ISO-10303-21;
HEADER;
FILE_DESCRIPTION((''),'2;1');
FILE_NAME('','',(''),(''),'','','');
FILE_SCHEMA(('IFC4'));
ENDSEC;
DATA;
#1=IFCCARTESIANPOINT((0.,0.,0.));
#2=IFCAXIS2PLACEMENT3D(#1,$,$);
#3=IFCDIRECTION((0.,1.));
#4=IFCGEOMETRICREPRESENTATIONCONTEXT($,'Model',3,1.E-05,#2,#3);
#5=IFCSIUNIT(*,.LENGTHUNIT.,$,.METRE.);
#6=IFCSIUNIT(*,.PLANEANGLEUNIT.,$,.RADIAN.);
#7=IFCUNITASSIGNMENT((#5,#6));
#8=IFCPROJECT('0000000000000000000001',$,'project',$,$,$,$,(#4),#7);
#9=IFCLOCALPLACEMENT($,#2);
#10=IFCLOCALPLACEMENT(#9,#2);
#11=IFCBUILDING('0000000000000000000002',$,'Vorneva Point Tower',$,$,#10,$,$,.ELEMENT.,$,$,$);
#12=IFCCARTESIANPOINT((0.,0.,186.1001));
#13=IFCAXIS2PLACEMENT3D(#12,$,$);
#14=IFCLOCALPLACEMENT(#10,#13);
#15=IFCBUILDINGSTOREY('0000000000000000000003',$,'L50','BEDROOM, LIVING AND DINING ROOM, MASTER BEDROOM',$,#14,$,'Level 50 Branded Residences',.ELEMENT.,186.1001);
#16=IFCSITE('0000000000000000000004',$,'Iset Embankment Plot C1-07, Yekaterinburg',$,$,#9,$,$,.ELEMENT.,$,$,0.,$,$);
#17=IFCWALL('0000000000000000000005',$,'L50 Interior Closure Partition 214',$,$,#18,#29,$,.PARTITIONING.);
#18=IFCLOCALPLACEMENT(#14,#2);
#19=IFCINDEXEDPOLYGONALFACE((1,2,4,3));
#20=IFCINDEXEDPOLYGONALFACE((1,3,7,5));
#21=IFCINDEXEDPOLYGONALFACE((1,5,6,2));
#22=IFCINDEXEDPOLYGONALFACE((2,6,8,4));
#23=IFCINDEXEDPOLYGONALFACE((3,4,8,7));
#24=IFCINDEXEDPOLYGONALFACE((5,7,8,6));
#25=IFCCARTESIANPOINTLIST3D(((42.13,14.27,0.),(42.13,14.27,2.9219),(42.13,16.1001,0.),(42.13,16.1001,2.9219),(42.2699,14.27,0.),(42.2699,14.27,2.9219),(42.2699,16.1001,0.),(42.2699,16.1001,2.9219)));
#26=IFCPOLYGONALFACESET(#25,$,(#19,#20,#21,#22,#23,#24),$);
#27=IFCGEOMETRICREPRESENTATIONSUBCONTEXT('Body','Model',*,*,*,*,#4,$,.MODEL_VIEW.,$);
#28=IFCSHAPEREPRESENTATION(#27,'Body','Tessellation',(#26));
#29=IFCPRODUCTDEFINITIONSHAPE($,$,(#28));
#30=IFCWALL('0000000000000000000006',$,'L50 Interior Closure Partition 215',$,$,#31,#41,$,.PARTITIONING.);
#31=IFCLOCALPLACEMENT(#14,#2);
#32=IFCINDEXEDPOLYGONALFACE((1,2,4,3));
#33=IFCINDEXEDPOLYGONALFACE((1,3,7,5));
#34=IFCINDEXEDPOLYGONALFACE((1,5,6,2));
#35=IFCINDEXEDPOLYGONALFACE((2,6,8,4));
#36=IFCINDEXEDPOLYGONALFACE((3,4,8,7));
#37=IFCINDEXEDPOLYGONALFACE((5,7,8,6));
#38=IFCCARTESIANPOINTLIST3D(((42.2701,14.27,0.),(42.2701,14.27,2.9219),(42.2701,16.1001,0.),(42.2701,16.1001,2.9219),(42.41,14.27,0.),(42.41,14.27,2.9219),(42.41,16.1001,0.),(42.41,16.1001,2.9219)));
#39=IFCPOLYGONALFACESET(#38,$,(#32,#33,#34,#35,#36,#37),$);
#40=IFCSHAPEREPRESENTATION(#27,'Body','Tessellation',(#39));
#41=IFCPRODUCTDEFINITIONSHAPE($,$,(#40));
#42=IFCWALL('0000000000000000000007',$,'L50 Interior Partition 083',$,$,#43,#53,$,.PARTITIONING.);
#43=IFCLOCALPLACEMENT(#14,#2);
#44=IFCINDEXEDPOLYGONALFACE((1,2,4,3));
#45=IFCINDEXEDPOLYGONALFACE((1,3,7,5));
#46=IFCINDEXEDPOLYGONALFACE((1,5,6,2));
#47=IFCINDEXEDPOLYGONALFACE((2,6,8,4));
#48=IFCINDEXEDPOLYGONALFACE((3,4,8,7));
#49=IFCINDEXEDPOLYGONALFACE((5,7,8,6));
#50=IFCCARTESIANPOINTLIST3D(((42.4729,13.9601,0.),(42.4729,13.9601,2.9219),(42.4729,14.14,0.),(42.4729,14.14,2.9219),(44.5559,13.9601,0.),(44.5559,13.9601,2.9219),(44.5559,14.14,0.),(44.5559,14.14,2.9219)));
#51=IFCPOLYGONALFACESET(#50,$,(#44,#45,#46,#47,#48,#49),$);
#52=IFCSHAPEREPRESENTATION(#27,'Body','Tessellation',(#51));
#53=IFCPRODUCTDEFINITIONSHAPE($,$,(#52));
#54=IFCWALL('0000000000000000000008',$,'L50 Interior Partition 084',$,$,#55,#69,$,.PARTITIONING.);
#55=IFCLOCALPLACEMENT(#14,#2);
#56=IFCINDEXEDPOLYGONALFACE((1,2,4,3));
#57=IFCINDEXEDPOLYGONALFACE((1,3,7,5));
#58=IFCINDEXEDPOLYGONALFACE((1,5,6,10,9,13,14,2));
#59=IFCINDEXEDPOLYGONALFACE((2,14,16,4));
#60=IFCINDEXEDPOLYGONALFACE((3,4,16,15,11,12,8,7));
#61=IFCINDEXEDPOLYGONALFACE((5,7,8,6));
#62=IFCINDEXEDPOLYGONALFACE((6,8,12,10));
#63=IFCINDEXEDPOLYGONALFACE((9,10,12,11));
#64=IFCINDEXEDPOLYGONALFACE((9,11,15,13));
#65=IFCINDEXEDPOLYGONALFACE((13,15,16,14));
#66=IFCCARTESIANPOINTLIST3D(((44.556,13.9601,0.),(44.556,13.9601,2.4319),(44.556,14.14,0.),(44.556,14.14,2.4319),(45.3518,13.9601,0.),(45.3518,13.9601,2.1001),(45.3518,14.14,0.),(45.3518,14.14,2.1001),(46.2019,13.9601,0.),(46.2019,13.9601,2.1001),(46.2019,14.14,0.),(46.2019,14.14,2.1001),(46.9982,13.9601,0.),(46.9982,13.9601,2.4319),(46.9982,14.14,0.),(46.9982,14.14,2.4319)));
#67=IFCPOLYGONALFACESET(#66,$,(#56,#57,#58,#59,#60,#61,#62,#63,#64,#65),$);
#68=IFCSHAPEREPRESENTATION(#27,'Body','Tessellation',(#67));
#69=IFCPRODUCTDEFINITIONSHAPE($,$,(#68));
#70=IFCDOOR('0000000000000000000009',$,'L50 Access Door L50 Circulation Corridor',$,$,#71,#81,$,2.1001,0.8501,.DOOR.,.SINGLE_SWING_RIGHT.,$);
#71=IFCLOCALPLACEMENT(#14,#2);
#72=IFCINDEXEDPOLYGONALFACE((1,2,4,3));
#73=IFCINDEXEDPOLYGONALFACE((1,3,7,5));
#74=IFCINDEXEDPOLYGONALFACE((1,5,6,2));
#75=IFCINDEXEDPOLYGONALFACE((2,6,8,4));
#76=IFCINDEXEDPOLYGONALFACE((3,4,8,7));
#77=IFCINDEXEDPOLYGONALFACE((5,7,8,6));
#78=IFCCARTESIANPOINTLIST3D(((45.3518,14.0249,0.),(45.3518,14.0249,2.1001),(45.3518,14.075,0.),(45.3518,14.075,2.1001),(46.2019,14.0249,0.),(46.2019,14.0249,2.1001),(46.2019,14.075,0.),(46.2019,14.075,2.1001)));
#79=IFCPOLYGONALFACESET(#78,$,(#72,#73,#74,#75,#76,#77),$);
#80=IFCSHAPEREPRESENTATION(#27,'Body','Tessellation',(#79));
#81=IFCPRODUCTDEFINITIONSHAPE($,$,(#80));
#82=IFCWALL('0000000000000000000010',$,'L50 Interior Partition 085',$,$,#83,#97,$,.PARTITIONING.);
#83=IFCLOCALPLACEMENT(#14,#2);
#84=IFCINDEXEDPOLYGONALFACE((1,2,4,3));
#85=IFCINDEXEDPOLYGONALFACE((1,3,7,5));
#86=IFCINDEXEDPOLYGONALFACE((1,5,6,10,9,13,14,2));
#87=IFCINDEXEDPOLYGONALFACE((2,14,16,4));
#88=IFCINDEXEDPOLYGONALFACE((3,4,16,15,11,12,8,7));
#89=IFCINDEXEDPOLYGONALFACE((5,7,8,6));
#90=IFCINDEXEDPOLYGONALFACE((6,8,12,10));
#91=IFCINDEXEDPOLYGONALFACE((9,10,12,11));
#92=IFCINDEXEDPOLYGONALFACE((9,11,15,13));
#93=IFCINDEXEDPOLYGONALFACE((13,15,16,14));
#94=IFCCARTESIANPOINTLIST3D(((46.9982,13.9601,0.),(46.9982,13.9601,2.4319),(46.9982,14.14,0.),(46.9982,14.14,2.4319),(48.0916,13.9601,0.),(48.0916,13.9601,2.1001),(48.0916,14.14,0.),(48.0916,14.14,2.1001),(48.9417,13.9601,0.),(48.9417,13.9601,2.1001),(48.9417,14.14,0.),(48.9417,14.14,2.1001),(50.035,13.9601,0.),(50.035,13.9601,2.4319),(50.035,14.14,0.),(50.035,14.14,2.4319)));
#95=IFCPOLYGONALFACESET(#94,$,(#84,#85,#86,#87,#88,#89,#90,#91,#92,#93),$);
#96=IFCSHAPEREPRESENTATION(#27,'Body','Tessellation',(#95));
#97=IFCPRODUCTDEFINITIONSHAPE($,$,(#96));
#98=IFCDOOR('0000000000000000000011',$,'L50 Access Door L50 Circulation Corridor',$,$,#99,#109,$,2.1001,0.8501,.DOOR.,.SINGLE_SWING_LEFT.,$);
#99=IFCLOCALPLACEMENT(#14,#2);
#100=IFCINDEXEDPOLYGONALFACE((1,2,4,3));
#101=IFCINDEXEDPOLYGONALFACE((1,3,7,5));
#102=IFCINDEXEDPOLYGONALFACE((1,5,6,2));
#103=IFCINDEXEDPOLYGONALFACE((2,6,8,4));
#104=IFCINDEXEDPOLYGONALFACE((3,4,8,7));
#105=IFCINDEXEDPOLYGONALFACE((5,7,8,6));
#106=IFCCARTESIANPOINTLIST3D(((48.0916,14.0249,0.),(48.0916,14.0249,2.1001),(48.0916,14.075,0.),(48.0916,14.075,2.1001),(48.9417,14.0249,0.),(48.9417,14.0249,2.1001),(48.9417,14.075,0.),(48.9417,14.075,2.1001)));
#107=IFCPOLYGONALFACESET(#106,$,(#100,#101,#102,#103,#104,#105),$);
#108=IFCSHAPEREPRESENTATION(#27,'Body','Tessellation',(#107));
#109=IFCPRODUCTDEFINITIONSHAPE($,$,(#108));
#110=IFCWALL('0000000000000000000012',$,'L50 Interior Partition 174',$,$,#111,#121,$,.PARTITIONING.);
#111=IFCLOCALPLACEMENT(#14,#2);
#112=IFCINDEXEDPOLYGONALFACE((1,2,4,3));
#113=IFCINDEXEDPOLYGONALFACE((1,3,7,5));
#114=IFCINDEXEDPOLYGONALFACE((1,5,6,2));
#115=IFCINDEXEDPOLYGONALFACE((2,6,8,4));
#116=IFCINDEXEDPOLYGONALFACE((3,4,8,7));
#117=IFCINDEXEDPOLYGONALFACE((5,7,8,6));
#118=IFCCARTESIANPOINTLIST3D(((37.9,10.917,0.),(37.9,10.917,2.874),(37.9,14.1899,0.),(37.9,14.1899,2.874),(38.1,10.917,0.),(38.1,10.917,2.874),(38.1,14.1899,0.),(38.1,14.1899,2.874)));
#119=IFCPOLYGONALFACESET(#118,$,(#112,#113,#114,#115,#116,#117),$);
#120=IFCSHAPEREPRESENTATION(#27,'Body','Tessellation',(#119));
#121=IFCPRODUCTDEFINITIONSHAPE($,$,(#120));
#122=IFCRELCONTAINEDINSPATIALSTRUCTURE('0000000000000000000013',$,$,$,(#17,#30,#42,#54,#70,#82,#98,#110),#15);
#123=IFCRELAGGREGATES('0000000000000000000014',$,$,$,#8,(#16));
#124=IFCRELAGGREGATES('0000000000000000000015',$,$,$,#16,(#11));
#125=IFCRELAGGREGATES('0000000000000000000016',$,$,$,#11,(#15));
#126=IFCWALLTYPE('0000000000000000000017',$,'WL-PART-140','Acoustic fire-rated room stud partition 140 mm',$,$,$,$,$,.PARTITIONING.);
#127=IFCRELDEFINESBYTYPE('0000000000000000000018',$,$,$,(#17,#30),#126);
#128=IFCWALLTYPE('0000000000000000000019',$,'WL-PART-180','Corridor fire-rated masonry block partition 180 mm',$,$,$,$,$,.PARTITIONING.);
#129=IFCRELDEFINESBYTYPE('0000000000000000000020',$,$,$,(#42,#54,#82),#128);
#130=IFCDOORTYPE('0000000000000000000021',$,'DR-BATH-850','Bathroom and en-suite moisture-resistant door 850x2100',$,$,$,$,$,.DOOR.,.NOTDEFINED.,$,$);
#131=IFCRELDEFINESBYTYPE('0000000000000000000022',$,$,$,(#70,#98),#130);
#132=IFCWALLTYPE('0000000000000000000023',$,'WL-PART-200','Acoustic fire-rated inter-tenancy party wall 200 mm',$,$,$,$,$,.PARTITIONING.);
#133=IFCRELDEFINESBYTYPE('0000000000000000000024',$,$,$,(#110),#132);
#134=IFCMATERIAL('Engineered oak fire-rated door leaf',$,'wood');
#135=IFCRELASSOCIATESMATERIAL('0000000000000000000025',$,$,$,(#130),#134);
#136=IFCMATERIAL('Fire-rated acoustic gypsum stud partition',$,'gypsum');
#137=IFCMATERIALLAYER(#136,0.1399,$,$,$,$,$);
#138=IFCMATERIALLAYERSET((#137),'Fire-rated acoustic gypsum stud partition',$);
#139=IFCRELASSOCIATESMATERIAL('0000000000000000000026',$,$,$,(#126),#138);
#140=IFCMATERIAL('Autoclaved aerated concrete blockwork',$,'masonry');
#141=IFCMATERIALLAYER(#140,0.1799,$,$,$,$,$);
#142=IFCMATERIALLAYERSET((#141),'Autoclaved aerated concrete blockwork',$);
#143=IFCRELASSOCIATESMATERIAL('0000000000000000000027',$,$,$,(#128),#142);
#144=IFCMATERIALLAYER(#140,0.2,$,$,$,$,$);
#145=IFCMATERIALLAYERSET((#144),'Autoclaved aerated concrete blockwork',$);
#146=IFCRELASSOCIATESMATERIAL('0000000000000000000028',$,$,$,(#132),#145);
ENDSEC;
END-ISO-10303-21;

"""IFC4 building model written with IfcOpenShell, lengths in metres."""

from ifc_helpers import new_model, si_unit, direction, frame, frame_2d, origin, place, context, subcontext, project, spatial, rectangle, extrude, material, layer, layer_set, type_object, element, fill, save


model = new_model("IFC4")

# Units and contexts
model_context = context("Model", 3, precision=1e-05, world=origin(), true_north=direction((0.0, 1.0)))
body_context = subcontext(model_context, "Body", "Model", "MODEL_VIEW")
ifc_project = project(units=[si_unit("LENGTHUNIT", "METRE"), si_unit("PLANEANGLEUNIT", "RADIAN")], contexts=[model_context])

# Site, building, storey
site_placement = place(None, origin())
site = spatial("IfcSite", under=ifc_project, at=site_placement, Name="Iset Embankment Plot C1-07, Yekaterinburg", CompositionType="ELEMENT", RefElevation=0.0)
building_placement = place(site_placement, origin())
building = spatial("IfcBuilding", under=site, at=building_placement, Name="Vorneva Point Tower", CompositionType="ELEMENT")
storey_placement = place(building_placement, frame((0.0, 0.0, 186.1001)))
storey = spatial("IfcBuildingStorey", under=building, at=storey_placement, Name="L50", Description="BEDROOM, LIVING AND DINING ROOM, MASTER BEDROOM", LongName="Level 50 Branded Residences", CompositionType="ELEMENT", Elevation=186.1001)

# Shared definitions
ifc_material_1 = material(Name="Fire-rated acoustic gypsum stud partition", Category="gypsum")
ifc_material_2 = material(Name="Engineered oak fire-rated door leaf", Category="wood")
door_type_1 = type_object("IfcDoorType", Name="DR-BATH-850", Description="Bathroom and en-suite moisture-resistant door 850x2100", OperationType="NOTDEFINED", PredefinedType="DOOR", material=ifc_material_2)

# Walls
ifc_layer_1 = layer(ifc_material_1, 0.1399)
ifc_layer_set_1 = layer_set([ifc_layer_1], Name="Fire-rated acoustic gypsum stud partition")
wall_type_1 = type_object("IfcWallType", Name="WL-PART-140", Description="Acoustic fire-rated room stud partition 140 mm", PredefinedType="PARTITIONING", material=ifc_layer_set_1)
for number, where, z_axis, x_axis, name in (
    (1, (42.2, 16.1001, 0.0), (0.0, 0.0, 1.0), (0.0, -1.0, 0.0), "L50 Interior Closure Partition 214"),
    (2, (42.3401, 14.27, 0.0), (0.0, 0.0, 1.0), (0.0, 1.0, 0.0), "L50 Interior Closure Partition 215"),
):
    element("IfcWall", number, at=place(storey_placement, frame(where, z_axis=z_axis, x_axis=x_axis)), inside=storey, type_object=wall_type_1, Name=name, PredefinedType="PARTITIONING", context=body_context, shape_type="SweptSolid", body=[
        extrude(rectangle(XDim=1.8301, YDim=0.1399, at=frame_2d((0.915, 0.0))), origin(), (0.0, 0.0, 1.0), 2.9219),
    ])

# Shared definitions
ifc_material_3 = material(Name="Autoclaved aerated concrete blockwork", Category="masonry")
ifc_layer_2 = layer(ifc_material_3, 0.1799)
ifc_layer_set_2 = layer_set([ifc_layer_2], Name="Autoclaved aerated concrete blockwork")
wall_type_2 = type_object("IfcWallType", Name="WL-PART-180", Description="Corridor fire-rated masonry block partition 180 mm", PredefinedType="PARTITIONING", material=ifc_layer_set_2)

# Wall
wall_1_placement = place(storey_placement, frame((42.4729, 14.05, 0.0), z_axis=(0.0, 0.0, 1.0), x_axis=(1.0, 0.0, 0.0)))
element("IfcWall", 3, at=wall_1_placement, inside=storey, type_object=wall_type_2, Name="L50 Interior Partition 083", PredefinedType="PARTITIONING", context=body_context, shape_type="SweptSolid", body=[
    extrude(rectangle(XDim=2.083, YDim=0.1799, at=frame_2d((1.0415, 0.0))), origin(), (0.0, 0.0, 1.0), 2.9219),
])

# Walls, openings, doors
wall_2_placement = place(storey_placement, frame((44.5559, 14.05, 0.0), z_axis=(0.0, 0.0, 1.0), x_axis=(1.0, 0.0, 0.0)))
wall_2 = element("IfcWall", 4, at=wall_2_placement, inside=storey, type_object=wall_type_2, Name="L50 Interior Partition 084", PredefinedType="PARTITIONING", context=body_context, shape_type="SweptSolid", body=[
    extrude(rectangle(XDim=2.4421, YDim=0.1799, at=frame_2d((1.2212, 0.0))), origin(), (0.0, 0.0, 1.0), 2.4319),
])
opening_1_placement = place(wall_2_placement, frame((0.7959, 0.0, 0.0)))
opening_1 = element("IfcOpeningElement", 5, at=opening_1_placement, cuts=wall_2, PredefinedType="OPENING", context=body_context, shape_type="SweptSolid", body=[
    extrude(rectangle(XDim=0.8501, YDim=2.1001, at=frame_2d((0.425, 1.05))), frame((0.0, 0.105, 0.0), z_axis=(0.0, -1.0, 0.0), x_axis=(1.0, 0.0, 0.0)), (0.0, 0.0, 1.0), 0.2097),
])
door_1_placement = place(opening_1_placement, origin())
door_1 = element("IfcDoor", 6, at=door_1_placement, inside=storey, type_object=door_type_1, Name="L50 Access Door L50 Circulation Corridor", OperationType="SINGLE_SWING_RIGHT", OverallHeight=2.1001, OverallWidth=0.8501, PredefinedType="DOOR", context=body_context, shape_type="SweptSolid", body=[
    extrude(rectangle(XDim=0.8501, YDim=2.1001, at=frame_2d((0.425, 1.05))), frame((0.0, 0.0249, 0.0), z_axis=(0.0, -1.0, 0.0), x_axis=(1.0, 0.0, 0.0)), (0.0, 0.0, 1.0), 0.05),
])
fill(opening_1, door_1)
wall_3_placement = place(storey_placement, frame((46.998, 14.05, 0.0), z_axis=(0.0, 0.0, 1.0), x_axis=(1.0, 0.0, 0.0)))
wall_3 = element("IfcWall", 7, at=wall_3_placement, inside=storey, type_object=wall_type_2, Name="L50 Interior Partition 085", PredefinedType="PARTITIONING", context=body_context, shape_type="SweptSolid", body=[
    extrude(rectangle(XDim=3.0369, YDim=0.1799, at=frame_2d((1.5186, 0.0))), origin(), (0.0, 0.0, 1.0), 2.4319),
])
opening_2_placement = place(wall_3_placement, frame((1.0935, 0.0, 0.0)))
opening_2 = element("IfcOpeningElement", 8, at=opening_2_placement, cuts=wall_3, PredefinedType="OPENING", context=body_context, shape_type="SweptSolid", body=[
    extrude(rectangle(XDim=0.8501, YDim=2.1001, at=frame_2d((0.425, 1.05))), frame((0.0, 0.105, 0.0), z_axis=(0.0, -1.0, 0.0), x_axis=(1.0, 0.0, 0.0)), (0.0, 0.0, 1.0), 0.2097),
])
door_2_placement = place(opening_2_placement, origin())
door_2 = element("IfcDoor", 9, at=door_2_placement, inside=storey, type_object=door_type_1, Name="L50 Access Door L50 Circulation Corridor", OperationType="SINGLE_SWING_LEFT", OverallHeight=2.1001, OverallWidth=0.8501, PredefinedType="DOOR", context=body_context, shape_type="SweptSolid", body=[
    extrude(rectangle(XDim=0.8501, YDim=2.1001, at=frame_2d((0.425, 1.05))), frame((0.0, 0.0249, 0.0), z_axis=(0.0, -1.0, 0.0), x_axis=(1.0, 0.0, 0.0)), (0.0, 0.0, 1.0), 0.05),
])
fill(opening_2, door_2)

# Wall
ifc_layer_3 = layer(ifc_material_3, 0.2)
ifc_layer_set_3 = layer_set([ifc_layer_3], Name="Autoclaved aerated concrete blockwork")
wall_type_3 = type_object("IfcWallType", Name="WL-PART-200", Description="Acoustic fire-rated inter-tenancy party wall 200 mm", PredefinedType="PARTITIONING", material=ifc_layer_set_3)
wall_4_placement = place(storey_placement, frame((38.0, 10.917, 0.0), z_axis=(0.0, 0.0, 1.0), x_axis=(0.0, 1.0, 0.0)))
element("IfcWall", 10, at=wall_4_placement, inside=storey, type_object=wall_type_3, Name="L50 Interior Partition 174", PredefinedType="PARTITIONING", context=body_context, shape_type="SweptSolid", body=[
    extrude(rectangle(XDim=3.2729, YDim=0.2, at=frame_2d((1.6365, 0.0))), origin(), (0.0, 0.0, 1.0), 2.874),
])

save(model, "model.ifc")
